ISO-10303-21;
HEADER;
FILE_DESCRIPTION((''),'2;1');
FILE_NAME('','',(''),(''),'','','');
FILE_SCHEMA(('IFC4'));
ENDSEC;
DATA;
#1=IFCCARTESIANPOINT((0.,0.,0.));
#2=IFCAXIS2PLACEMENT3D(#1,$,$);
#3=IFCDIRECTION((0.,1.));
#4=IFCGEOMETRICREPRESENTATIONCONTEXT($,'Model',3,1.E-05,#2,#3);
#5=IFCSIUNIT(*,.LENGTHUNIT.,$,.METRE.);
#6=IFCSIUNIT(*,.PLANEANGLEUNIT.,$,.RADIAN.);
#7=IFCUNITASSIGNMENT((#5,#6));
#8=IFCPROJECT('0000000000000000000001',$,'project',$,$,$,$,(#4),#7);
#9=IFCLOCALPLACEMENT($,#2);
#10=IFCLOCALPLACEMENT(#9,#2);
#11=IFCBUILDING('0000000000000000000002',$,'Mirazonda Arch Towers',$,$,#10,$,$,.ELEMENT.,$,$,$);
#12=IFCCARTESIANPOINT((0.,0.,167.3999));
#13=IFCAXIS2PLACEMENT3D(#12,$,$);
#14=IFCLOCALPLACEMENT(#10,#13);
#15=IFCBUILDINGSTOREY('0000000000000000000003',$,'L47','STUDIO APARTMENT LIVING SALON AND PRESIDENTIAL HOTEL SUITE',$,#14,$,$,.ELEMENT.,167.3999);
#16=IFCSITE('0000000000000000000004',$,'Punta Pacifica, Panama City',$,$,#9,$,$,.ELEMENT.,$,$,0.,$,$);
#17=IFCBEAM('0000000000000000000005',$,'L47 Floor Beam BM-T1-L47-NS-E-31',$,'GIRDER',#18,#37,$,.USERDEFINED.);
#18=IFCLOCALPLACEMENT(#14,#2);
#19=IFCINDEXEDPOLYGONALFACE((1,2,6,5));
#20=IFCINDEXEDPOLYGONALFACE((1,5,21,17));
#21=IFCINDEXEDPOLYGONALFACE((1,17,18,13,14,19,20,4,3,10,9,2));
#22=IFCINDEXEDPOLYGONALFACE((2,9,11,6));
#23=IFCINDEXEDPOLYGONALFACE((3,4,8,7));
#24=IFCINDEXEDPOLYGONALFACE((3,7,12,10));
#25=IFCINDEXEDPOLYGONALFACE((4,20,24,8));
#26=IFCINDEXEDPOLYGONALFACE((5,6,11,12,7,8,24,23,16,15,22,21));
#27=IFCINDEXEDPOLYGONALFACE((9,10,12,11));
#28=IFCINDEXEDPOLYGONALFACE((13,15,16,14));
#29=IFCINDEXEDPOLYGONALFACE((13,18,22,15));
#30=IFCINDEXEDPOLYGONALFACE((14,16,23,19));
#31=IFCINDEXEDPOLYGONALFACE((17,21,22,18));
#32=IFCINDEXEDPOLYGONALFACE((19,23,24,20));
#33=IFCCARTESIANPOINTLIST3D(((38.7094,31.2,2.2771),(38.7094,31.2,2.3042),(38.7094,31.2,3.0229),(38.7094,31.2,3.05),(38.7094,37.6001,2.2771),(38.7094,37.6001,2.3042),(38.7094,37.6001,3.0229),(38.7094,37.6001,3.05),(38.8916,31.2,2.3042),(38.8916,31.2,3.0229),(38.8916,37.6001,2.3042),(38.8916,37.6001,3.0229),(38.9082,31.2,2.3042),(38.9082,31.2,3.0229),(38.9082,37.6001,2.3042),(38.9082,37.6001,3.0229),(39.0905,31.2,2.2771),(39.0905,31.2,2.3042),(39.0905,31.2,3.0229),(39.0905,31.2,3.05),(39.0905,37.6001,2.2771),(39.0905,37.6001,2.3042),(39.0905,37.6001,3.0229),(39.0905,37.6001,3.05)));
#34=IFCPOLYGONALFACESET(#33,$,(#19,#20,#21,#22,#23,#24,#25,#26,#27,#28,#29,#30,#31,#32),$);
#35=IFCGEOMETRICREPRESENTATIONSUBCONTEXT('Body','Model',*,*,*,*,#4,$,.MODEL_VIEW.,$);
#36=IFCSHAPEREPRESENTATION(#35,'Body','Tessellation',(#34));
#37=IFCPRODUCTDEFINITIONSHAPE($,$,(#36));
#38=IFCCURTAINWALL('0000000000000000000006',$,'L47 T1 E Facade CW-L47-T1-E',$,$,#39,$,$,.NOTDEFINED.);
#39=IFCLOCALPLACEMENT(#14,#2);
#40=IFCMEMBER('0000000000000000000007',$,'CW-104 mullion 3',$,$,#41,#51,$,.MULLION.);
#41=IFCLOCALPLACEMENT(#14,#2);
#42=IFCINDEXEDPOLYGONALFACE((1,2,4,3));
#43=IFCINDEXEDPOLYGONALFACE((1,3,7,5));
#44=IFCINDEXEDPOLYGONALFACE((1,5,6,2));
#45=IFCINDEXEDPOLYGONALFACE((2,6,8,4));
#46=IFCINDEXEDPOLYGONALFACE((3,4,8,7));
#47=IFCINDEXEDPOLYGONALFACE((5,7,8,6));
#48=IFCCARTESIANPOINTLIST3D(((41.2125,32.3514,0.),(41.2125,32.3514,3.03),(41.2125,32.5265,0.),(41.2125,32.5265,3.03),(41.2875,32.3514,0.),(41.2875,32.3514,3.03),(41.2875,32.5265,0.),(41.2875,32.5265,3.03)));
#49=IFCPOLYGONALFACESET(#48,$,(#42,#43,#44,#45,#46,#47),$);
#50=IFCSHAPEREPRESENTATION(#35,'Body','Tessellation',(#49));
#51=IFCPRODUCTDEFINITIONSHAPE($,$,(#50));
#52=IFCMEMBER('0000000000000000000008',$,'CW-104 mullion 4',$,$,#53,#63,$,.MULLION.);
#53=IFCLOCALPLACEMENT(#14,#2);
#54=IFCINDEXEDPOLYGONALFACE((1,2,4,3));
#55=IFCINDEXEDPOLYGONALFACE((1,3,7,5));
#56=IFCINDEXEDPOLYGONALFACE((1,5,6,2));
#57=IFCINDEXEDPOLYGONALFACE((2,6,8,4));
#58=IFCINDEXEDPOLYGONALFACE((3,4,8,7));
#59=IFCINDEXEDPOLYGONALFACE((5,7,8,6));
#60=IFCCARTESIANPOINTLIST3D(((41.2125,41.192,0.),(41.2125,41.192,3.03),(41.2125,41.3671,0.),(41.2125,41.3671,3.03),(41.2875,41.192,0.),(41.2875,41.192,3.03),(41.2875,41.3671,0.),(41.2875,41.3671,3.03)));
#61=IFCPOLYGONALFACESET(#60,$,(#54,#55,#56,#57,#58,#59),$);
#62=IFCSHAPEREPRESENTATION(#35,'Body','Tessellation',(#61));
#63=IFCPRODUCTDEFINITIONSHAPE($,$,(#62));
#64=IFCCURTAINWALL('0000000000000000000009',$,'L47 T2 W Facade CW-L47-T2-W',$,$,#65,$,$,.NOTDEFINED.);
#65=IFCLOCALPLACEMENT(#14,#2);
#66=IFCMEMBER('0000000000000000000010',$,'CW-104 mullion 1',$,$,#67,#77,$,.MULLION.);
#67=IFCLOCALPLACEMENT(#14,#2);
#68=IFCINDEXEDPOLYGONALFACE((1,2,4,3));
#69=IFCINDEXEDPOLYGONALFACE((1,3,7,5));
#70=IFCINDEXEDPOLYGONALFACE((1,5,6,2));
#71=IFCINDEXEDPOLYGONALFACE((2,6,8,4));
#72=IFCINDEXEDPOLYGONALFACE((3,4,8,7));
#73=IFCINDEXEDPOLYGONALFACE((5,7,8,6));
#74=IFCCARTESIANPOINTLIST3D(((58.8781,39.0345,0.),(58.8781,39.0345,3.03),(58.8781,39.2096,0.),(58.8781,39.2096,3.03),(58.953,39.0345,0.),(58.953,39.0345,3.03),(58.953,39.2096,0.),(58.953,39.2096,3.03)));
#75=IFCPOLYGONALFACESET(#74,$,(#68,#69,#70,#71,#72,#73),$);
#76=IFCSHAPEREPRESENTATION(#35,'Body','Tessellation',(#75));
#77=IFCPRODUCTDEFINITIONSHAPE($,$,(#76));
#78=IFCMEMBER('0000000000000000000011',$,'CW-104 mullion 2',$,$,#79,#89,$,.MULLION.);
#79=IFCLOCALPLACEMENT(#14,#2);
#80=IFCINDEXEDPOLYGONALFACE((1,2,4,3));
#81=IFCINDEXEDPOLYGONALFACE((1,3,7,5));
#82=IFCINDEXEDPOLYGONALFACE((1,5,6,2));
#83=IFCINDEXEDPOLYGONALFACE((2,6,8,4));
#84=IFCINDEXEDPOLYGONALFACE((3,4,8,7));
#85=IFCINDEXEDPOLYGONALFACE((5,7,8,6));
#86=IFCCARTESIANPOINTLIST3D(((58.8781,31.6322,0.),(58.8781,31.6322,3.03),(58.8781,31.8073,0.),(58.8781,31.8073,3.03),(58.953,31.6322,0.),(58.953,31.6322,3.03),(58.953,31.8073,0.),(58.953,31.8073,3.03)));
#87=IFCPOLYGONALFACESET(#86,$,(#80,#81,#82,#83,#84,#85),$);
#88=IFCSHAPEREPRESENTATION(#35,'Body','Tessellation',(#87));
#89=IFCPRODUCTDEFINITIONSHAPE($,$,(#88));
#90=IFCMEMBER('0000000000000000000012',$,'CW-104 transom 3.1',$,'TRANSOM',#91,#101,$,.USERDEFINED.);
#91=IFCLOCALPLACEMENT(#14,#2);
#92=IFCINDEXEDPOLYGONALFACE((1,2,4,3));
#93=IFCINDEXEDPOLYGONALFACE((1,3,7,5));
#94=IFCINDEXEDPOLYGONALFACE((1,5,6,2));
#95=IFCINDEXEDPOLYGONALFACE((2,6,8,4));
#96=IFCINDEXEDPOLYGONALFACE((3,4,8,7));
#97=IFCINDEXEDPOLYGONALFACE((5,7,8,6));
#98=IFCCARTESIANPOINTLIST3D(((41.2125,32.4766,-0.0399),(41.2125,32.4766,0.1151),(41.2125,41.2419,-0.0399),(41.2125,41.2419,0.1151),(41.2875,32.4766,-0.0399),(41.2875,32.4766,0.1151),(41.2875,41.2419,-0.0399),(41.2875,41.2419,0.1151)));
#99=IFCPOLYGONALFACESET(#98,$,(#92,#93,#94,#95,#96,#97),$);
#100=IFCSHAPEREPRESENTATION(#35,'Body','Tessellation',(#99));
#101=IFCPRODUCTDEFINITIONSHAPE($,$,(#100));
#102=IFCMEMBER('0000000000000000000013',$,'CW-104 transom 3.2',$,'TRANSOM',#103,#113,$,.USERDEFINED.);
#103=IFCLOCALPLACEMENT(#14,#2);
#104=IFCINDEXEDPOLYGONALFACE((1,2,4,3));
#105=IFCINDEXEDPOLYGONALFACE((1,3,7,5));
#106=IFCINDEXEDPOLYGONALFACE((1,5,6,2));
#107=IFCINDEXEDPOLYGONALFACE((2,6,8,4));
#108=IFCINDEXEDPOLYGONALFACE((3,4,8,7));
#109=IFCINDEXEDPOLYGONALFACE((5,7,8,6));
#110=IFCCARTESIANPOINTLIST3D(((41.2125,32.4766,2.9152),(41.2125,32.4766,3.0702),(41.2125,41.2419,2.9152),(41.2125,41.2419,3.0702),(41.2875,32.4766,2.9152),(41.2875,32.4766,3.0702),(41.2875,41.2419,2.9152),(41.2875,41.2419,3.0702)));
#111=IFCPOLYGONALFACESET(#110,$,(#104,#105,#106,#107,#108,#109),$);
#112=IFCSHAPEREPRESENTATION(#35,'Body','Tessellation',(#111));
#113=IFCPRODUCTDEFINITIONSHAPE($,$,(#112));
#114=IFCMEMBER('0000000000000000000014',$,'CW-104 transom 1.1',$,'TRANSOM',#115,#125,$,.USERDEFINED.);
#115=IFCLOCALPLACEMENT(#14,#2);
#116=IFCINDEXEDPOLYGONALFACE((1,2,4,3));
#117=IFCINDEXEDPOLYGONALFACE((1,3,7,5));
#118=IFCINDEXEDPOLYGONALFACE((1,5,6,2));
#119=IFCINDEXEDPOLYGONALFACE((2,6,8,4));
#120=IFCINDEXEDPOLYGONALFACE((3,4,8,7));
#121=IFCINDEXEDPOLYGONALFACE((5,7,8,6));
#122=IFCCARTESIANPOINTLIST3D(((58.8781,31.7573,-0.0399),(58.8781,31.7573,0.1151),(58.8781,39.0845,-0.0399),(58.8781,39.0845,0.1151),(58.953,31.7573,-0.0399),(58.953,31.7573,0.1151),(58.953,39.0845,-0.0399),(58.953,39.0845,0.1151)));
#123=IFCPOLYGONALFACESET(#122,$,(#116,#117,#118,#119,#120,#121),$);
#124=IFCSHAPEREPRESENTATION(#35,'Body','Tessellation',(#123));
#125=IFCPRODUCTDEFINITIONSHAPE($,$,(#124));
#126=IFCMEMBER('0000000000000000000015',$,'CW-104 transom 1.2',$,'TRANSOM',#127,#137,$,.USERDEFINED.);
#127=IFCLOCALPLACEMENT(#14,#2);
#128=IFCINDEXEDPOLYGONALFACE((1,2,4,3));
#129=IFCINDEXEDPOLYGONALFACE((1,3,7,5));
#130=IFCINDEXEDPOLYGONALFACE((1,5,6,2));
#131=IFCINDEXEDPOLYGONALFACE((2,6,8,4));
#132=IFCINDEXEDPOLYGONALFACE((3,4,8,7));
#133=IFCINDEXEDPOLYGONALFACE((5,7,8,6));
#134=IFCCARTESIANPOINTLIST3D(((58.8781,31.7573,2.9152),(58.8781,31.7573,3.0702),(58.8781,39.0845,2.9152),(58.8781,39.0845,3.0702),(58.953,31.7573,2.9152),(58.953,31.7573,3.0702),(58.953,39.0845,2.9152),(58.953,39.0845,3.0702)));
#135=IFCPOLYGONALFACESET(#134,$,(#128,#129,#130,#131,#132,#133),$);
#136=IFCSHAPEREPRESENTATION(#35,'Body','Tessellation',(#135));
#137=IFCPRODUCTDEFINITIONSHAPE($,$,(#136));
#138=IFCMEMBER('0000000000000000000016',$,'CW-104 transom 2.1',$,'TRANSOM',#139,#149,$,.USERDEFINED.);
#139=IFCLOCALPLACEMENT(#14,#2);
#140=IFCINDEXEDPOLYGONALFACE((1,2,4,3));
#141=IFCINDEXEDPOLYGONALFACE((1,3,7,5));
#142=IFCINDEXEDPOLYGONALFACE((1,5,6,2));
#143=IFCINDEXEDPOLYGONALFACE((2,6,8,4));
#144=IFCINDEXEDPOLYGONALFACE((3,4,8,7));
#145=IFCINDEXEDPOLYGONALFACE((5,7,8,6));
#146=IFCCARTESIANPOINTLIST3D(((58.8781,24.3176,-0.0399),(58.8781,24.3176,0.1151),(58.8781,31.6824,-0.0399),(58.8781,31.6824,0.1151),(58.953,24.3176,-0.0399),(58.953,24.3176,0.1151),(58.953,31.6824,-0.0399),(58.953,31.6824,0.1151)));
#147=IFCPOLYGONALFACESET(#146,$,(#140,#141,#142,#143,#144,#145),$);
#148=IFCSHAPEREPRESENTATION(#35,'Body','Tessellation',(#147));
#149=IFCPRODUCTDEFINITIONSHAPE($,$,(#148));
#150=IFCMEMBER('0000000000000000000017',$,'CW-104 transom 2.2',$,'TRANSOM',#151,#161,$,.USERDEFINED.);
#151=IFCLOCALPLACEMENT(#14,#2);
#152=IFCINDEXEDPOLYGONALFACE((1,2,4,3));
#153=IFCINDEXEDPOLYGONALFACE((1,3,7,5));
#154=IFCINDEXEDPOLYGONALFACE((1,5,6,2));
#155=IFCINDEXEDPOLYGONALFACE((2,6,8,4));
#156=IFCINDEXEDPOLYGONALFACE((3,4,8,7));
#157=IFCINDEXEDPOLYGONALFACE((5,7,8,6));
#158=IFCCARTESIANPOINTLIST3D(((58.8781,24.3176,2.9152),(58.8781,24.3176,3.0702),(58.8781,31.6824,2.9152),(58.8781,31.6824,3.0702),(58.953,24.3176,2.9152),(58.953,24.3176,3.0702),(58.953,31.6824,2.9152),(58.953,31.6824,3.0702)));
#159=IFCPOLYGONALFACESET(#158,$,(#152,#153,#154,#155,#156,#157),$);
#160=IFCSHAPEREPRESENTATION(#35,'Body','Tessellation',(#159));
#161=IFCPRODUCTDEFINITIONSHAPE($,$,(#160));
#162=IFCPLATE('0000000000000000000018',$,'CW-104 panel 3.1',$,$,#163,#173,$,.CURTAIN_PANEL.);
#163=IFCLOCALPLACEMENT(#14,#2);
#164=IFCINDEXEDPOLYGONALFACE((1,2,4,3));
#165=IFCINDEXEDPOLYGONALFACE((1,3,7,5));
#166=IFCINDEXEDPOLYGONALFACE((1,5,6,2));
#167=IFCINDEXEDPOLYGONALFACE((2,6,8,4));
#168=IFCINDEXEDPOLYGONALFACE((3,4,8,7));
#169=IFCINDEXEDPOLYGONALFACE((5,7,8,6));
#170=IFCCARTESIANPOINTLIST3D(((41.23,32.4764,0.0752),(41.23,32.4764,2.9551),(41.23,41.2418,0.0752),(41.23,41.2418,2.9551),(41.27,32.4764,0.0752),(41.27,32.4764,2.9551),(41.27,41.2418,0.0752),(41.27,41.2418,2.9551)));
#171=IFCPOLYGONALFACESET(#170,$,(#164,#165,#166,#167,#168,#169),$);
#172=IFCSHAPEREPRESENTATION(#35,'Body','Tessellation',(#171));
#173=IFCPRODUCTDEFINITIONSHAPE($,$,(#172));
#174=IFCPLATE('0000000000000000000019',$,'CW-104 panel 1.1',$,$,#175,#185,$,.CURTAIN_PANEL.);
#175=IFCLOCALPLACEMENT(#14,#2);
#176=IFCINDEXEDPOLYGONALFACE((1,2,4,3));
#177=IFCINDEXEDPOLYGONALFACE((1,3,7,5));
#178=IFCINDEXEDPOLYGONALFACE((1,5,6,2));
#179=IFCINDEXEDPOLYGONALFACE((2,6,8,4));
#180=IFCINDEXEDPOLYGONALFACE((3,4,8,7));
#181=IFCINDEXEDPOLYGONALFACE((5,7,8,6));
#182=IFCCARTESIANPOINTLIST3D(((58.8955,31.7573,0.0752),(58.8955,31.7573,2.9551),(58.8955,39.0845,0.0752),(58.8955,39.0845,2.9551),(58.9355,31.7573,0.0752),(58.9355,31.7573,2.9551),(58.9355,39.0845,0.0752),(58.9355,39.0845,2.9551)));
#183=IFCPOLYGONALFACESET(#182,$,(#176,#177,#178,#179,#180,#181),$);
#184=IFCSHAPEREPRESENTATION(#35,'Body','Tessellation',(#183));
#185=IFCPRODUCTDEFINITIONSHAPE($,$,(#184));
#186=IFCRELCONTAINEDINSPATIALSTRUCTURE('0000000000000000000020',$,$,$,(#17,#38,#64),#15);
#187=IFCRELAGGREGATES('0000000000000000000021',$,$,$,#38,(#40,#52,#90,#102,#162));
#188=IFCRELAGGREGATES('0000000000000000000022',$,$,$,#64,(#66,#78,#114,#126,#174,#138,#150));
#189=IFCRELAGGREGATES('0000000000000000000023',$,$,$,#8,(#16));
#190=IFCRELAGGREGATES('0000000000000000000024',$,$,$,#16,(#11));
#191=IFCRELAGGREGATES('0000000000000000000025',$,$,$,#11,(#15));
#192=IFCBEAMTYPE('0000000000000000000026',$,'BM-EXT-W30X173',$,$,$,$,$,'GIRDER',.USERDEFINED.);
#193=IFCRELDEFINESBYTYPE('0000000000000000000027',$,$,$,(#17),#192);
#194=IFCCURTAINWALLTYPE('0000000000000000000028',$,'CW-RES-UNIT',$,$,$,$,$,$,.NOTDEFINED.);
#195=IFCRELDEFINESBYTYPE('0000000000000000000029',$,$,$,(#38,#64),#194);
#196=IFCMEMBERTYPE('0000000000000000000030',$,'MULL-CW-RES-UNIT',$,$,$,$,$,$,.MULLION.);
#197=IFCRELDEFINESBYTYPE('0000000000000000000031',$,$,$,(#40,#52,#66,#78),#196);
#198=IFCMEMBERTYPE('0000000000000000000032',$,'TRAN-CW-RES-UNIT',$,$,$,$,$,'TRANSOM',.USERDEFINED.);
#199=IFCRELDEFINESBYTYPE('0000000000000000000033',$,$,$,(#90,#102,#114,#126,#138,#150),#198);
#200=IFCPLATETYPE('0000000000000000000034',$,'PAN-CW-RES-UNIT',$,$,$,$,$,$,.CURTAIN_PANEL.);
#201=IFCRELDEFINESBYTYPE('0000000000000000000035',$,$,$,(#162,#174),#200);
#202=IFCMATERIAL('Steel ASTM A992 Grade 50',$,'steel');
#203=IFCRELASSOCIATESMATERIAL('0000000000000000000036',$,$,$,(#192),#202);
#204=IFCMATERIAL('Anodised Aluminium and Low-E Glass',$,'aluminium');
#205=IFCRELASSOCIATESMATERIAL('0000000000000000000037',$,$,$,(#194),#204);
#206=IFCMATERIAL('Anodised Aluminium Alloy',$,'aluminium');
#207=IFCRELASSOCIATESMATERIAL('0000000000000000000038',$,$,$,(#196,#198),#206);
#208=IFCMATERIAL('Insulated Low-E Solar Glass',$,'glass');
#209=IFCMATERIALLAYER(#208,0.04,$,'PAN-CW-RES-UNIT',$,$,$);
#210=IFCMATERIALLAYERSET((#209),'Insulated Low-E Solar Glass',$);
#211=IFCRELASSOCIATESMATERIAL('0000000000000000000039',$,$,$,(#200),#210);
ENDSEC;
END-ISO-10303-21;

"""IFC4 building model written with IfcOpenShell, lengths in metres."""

from ifc_helpers import new_model, si_unit, direction, frame, origin, origin_2d, place, context, subcontext, project, spatial, rectangle, i_section, extrude, material, layer, layer_set, material_profile, profile_set, type_object, element, aggregate, save


model = new_model("IFC4")

# Units and contexts
model_context = context("Model", 3, precision=1e-05, world=origin(), true_north=direction((0.0, 1.0)))
body_context = subcontext(model_context, "Body", "Model", "MODEL_VIEW")
ifc_project = project(units=[si_unit("LENGTHUNIT", "METRE"), si_unit("PLANEANGLEUNIT", "RADIAN")], contexts=[model_context])

# Site, building, storey
site_placement = place(None, origin())
site = spatial("IfcSite", under=ifc_project, at=site_placement, Name="Punta Pacifica, Panama City", CompositionType="ELEMENT", RefElevation=0.0)
building_placement = place(site_placement, origin())
building = spatial("IfcBuilding", under=site, at=building_placement, Name="Mirazonda Arch Towers", CompositionType="ELEMENT")
storey_placement = place(building_placement, frame((0.0, 0.0, 167.3999)))
storey = spatial("IfcBuildingStorey", under=building, at=storey_placement, Name="L47", Description="STUDIO APARTMENT LIVING SALON AND PRESIDENTIAL HOTEL SUITE", CompositionType="ELEMENT", Elevation=167.3999)

# Beam
ifc_material_1 = material(Name="Steel ASTM A992 Grade 50", Category="steel")
ifc_material_profile_1 = material_profile(ifc_material_1, i_section(OverallWidth=0.3811, OverallDepth=0.7729, WebThickness=0.0166, FlangeThickness=0.0271, at=origin_2d()), Name="W30X173")
ifc_profile_set_1 = profile_set([ifc_material_profile_1], Name="Steel ASTM A992 Grade 50")
beam_type = type_object("IfcBeamType", Name="BM-EXT-W30X173", ElementType="GIRDER", PredefinedType="USERDEFINED", material=ifc_profile_set_1)
beam_placement = place(storey_placement, frame((38.8999, 31.2, 2.6636), z_axis=(0.0, 1.0, 0.0), x_axis=(-1.0, 0.0, 0.0)))
element("IfcBeam", 1, at=beam_placement, inside=storey, type_object=beam_type, Name="L47 Floor Beam BM-T1-L47-NS-E-31", ObjectType="GIRDER", PredefinedType="USERDEFINED", context=body_context, shape_type="SweptSolid", body=[
    extrude(i_section(OverallWidth=0.3811, OverallDepth=0.7729, WebThickness=0.0166, FlangeThickness=0.0271, at=origin_2d()), origin(), (0.0, 0.0, 1.0), 6.4001),
])

# Curtain walls, members
ifc_material_2 = material(Name="Anodised Aluminium and Low-E Glass", Category="aluminium")
curtain_wall_type = type_object("IfcCurtainWallType", Name="CW-RES-UNIT", PredefinedType="NOTDEFINED", material=ifc_material_2)
curtain_wall_1_placement = place(storey_placement, origin())
curtain_wall_1 = element("IfcCurtainWall", 2, at=curtain_wall_1_placement, inside=storey, type_object=curtain_wall_type, Name="L47 T1 E Facade CW-L47-T1-E", PredefinedType="NOTDEFINED")
ifc_material_3 = material(Name="Anodised Aluminium Alloy", Category="aluminium")
ifc_material_profile_2 = material_profile(ifc_material_3, rectangle(XDim=0.075, YDim=0.175, at=origin_2d()), Name="ALU-MULL-75x175")
ifc_profile_set_2 = profile_set([ifc_material_profile_2], Name="Anodised Aluminium Alloy")
member_type_1 = type_object("IfcMemberType", Name="MULL-CW-RES-UNIT", PredefinedType="MULLION", material=ifc_profile_set_2)
member_1_placement = place(storey_placement, frame((41.25, 32.439, 0.0), z_axis=(0.0, 0.0, 1.0), x_axis=(-1.0, 0.0, 0.0)))
member_1 = element("IfcMember", 3, at=member_1_placement, type_object=member_type_1, Name="CW-104 mullion 3", PredefinedType="MULLION", context=body_context, shape_type="SweptSolid", body=[
    extrude(rectangle(XDim=0.075, YDim=0.175, at=origin_2d()), origin(), (0.0, 0.0, 1.0), 3.03),
])
member_2_placement = place(storey_placement, frame((41.25, 41.2795, 0.0), z_axis=(0.0, 0.0, 1.0), x_axis=(-1.0, 0.0, 0.0)))
member_2 = element("IfcMember", 4, at=member_2_placement, type_object=member_type_1, Name="CW-104 mullion 4", PredefinedType="MULLION", context=body_context, shape_type="SweptSolid", body=[
    extrude(rectangle(XDim=0.075, YDim=0.175, at=origin_2d()), origin(), (0.0, 0.0, 1.0), 3.03),
])
curtain_wall_2_placement = place(storey_placement, origin())
curtain_wall_2 = element("IfcCurtainWall", 5, at=curtain_wall_2_placement, inside=storey, type_object=curtain_wall_type, Name="L47 T2 W Facade CW-L47-T2-W", PredefinedType="NOTDEFINED")
member_3_placement = place(storey_placement, frame((58.9155, 39.1221, 0.0), z_axis=(0.0, 0.0, 1.0), x_axis=(1.0, 0.0, 0.0)))
member_3 = element("IfcMember", 6, at=member_3_placement, type_object=member_type_1, Name="CW-104 mullion 1", PredefinedType="MULLION", context=body_context, shape_type="SweptSolid", body=[
    extrude(rectangle(XDim=0.075, YDim=0.175, at=origin_2d()), origin(), (0.0, 0.0, 1.0), 3.03),
])
member_4_placement = place(storey_placement, frame((58.9155, 31.7197, 0.0), z_axis=(0.0, 0.0, 1.0), x_axis=(1.0, 0.0, 0.0)))
member_4 = element("IfcMember", 7, at=member_4_placement, type_object=member_type_1, Name="CW-104 mullion 2", PredefinedType="MULLION", context=body_context, shape_type="SweptSolid", body=[
    extrude(rectangle(XDim=0.075, YDim=0.175, at=origin_2d()), origin(), (0.0, 0.0, 1.0), 3.03),
])

# Members
ifc_material_profile_3 = material_profile(ifc_material_3, rectangle(XDim=0.075, YDim=0.155, at=origin_2d()), Name="ALU-TRAN-75x155")
ifc_profile_set_3 = profile_set([ifc_material_profile_3], Name="Anodised Aluminium Alloy")
member_type_2 = type_object("IfcMemberType", Name="TRAN-CW-RES-UNIT", ElementType="TRANSOM", PredefinedType="USERDEFINED", material=ifc_profile_set_3)
member_5_placement = place(storey_placement, frame((41.25, 32.4766, 0.0376), z_axis=(0.0, 1.0, 0.0), x_axis=(-1.0, 0.0, 0.0)))
member_5 = element("IfcMember", 8, at=member_5_placement, type_object=member_type_2, Name="CW-104 transom 3.1", ObjectType="TRANSOM", PredefinedType="USERDEFINED", context=body_context, shape_type="SweptSolid", body=[
    extrude(rectangle(XDim=0.075, YDim=0.155, at=origin_2d()), origin(), (0.0, 0.0, 1.0), 8.7654),
])
member_6_placement = place(storey_placement, frame((41.25, 32.4766, 2.9927), z_axis=(0.0, 1.0, 0.0), x_axis=(-1.0, 0.0, 0.0)))
member_6 = element("IfcMember", 9, at=member_6_placement, type_object=member_type_2, Name="CW-104 transom 3.2", ObjectType="TRANSOM", PredefinedType="USERDEFINED", context=body_context, shape_type="SweptSolid", body=[
    extrude(rectangle(XDim=0.075, YDim=0.155, at=origin_2d()), origin(), (0.0, 0.0, 1.0), 8.7654),
])
member_7_placement = place(storey_placement, frame((58.9155, 39.0845, 0.0376), z_axis=(0.0, -1.0, 0.0), x_axis=(1.0, 0.0, 0.0)))
member_7 = element("IfcMember", 10, at=member_7_placement, type_object=member_type_2, Name="CW-104 transom 1.1", ObjectType="TRANSOM", PredefinedType="USERDEFINED", context=body_context, shape_type="SweptSolid", body=[
    extrude(rectangle(XDim=0.075, YDim=0.155, at=origin_2d()), origin(), (0.0, 0.0, 1.0), 7.3271),
])
member_8_placement = place(storey_placement, frame((58.9155, 39.0845, 2.9927), z_axis=(0.0, -1.0, 0.0), x_axis=(1.0, 0.0, 0.0)))
member_8 = element("IfcMember", 11, at=member_8_placement, type_object=member_type_2, Name="CW-104 transom 1.2", ObjectType="TRANSOM", PredefinedType="USERDEFINED", context=body_context, shape_type="SweptSolid", body=[
    extrude(rectangle(XDim=0.075, YDim=0.155, at=origin_2d()), origin(), (0.0, 0.0, 1.0), 7.3271),
])
member_9_placement = place(storey_placement, frame((58.9155, 31.6824, 0.0376), z_axis=(0.0, -1.0, 0.0), x_axis=(1.0, 0.0, 0.0)))
member_9 = element("IfcMember", 12, at=member_9_placement, type_object=member_type_2, Name="CW-104 transom 2.1", ObjectType="TRANSOM", PredefinedType="USERDEFINED", context=body_context, shape_type="SweptSolid", body=[
    extrude(rectangle(XDim=0.075, YDim=0.155, at=origin_2d()), origin(), (0.0, 0.0, 1.0), 7.3647),
])
member_10_placement = place(storey_placement, frame((58.9155, 31.6824, 2.9927), z_axis=(0.0, -1.0, 0.0), x_axis=(1.0, 0.0, 0.0)))
member_10 = element("IfcMember", 13, at=member_10_placement, type_object=member_type_2, Name="CW-104 transom 2.2", ObjectType="TRANSOM", PredefinedType="USERDEFINED", context=body_context, shape_type="SweptSolid", body=[
    extrude(rectangle(XDim=0.075, YDim=0.155, at=origin_2d()), origin(), (0.0, 0.0, 1.0), 7.3647),
])

# Plates
ifc_material_4 = material(Name="Insulated Low-E Solar Glass", Category="glass")
ifc_layer_1 = layer(ifc_material_4, 0.04, Name="PAN-CW-RES-UNIT")
ifc_layer_set_1 = layer_set([ifc_layer_1], Name="Insulated Low-E Solar Glass")
plate_type = type_object("IfcPlateType", Name="PAN-CW-RES-UNIT", PredefinedType="CURTAIN_PANEL", material=ifc_layer_set_1)
plate_1_placement = place(storey_placement, frame((41.25, 36.8591, 0.0752), z_axis=(0.0, 0.0, 1.0), x_axis=(0.0, 1.0, 0.0)))
plate_1 = element("IfcPlate", 14, at=plate_1_placement, type_object=plate_type, Name="CW-104 panel 3.1", PredefinedType="CURTAIN_PANEL", context=body_context, shape_type="SweptSolid", body=[
    extrude(rectangle(XDim=8.7654, YDim=0.04, at=origin_2d()), origin(), (0.0, 0.0, 1.0), 2.8799),
])
aggregate(curtain_wall_1, [member_1, member_2, member_5, member_6, plate_1])
plate_2_placement = place(storey_placement, frame((58.9155, 35.4209, 0.0752), z_axis=(0.0, 0.0, 1.0), x_axis=(0.0, -1.0, 0.0)))
plate_2 = element("IfcPlate", 15, at=plate_2_placement, type_object=plate_type, Name="CW-104 panel 1.1", PredefinedType="CURTAIN_PANEL", context=body_context, shape_type="SweptSolid", body=[
    extrude(rectangle(XDim=7.3271, YDim=0.04, at=origin_2d()), origin(), (0.0, 0.0, 1.0), 2.8799),
])
aggregate(curtain_wall_2, [member_3, member_4, member_7, member_8, plate_2, member_9, member_10])

save(model, "model.ifc")
